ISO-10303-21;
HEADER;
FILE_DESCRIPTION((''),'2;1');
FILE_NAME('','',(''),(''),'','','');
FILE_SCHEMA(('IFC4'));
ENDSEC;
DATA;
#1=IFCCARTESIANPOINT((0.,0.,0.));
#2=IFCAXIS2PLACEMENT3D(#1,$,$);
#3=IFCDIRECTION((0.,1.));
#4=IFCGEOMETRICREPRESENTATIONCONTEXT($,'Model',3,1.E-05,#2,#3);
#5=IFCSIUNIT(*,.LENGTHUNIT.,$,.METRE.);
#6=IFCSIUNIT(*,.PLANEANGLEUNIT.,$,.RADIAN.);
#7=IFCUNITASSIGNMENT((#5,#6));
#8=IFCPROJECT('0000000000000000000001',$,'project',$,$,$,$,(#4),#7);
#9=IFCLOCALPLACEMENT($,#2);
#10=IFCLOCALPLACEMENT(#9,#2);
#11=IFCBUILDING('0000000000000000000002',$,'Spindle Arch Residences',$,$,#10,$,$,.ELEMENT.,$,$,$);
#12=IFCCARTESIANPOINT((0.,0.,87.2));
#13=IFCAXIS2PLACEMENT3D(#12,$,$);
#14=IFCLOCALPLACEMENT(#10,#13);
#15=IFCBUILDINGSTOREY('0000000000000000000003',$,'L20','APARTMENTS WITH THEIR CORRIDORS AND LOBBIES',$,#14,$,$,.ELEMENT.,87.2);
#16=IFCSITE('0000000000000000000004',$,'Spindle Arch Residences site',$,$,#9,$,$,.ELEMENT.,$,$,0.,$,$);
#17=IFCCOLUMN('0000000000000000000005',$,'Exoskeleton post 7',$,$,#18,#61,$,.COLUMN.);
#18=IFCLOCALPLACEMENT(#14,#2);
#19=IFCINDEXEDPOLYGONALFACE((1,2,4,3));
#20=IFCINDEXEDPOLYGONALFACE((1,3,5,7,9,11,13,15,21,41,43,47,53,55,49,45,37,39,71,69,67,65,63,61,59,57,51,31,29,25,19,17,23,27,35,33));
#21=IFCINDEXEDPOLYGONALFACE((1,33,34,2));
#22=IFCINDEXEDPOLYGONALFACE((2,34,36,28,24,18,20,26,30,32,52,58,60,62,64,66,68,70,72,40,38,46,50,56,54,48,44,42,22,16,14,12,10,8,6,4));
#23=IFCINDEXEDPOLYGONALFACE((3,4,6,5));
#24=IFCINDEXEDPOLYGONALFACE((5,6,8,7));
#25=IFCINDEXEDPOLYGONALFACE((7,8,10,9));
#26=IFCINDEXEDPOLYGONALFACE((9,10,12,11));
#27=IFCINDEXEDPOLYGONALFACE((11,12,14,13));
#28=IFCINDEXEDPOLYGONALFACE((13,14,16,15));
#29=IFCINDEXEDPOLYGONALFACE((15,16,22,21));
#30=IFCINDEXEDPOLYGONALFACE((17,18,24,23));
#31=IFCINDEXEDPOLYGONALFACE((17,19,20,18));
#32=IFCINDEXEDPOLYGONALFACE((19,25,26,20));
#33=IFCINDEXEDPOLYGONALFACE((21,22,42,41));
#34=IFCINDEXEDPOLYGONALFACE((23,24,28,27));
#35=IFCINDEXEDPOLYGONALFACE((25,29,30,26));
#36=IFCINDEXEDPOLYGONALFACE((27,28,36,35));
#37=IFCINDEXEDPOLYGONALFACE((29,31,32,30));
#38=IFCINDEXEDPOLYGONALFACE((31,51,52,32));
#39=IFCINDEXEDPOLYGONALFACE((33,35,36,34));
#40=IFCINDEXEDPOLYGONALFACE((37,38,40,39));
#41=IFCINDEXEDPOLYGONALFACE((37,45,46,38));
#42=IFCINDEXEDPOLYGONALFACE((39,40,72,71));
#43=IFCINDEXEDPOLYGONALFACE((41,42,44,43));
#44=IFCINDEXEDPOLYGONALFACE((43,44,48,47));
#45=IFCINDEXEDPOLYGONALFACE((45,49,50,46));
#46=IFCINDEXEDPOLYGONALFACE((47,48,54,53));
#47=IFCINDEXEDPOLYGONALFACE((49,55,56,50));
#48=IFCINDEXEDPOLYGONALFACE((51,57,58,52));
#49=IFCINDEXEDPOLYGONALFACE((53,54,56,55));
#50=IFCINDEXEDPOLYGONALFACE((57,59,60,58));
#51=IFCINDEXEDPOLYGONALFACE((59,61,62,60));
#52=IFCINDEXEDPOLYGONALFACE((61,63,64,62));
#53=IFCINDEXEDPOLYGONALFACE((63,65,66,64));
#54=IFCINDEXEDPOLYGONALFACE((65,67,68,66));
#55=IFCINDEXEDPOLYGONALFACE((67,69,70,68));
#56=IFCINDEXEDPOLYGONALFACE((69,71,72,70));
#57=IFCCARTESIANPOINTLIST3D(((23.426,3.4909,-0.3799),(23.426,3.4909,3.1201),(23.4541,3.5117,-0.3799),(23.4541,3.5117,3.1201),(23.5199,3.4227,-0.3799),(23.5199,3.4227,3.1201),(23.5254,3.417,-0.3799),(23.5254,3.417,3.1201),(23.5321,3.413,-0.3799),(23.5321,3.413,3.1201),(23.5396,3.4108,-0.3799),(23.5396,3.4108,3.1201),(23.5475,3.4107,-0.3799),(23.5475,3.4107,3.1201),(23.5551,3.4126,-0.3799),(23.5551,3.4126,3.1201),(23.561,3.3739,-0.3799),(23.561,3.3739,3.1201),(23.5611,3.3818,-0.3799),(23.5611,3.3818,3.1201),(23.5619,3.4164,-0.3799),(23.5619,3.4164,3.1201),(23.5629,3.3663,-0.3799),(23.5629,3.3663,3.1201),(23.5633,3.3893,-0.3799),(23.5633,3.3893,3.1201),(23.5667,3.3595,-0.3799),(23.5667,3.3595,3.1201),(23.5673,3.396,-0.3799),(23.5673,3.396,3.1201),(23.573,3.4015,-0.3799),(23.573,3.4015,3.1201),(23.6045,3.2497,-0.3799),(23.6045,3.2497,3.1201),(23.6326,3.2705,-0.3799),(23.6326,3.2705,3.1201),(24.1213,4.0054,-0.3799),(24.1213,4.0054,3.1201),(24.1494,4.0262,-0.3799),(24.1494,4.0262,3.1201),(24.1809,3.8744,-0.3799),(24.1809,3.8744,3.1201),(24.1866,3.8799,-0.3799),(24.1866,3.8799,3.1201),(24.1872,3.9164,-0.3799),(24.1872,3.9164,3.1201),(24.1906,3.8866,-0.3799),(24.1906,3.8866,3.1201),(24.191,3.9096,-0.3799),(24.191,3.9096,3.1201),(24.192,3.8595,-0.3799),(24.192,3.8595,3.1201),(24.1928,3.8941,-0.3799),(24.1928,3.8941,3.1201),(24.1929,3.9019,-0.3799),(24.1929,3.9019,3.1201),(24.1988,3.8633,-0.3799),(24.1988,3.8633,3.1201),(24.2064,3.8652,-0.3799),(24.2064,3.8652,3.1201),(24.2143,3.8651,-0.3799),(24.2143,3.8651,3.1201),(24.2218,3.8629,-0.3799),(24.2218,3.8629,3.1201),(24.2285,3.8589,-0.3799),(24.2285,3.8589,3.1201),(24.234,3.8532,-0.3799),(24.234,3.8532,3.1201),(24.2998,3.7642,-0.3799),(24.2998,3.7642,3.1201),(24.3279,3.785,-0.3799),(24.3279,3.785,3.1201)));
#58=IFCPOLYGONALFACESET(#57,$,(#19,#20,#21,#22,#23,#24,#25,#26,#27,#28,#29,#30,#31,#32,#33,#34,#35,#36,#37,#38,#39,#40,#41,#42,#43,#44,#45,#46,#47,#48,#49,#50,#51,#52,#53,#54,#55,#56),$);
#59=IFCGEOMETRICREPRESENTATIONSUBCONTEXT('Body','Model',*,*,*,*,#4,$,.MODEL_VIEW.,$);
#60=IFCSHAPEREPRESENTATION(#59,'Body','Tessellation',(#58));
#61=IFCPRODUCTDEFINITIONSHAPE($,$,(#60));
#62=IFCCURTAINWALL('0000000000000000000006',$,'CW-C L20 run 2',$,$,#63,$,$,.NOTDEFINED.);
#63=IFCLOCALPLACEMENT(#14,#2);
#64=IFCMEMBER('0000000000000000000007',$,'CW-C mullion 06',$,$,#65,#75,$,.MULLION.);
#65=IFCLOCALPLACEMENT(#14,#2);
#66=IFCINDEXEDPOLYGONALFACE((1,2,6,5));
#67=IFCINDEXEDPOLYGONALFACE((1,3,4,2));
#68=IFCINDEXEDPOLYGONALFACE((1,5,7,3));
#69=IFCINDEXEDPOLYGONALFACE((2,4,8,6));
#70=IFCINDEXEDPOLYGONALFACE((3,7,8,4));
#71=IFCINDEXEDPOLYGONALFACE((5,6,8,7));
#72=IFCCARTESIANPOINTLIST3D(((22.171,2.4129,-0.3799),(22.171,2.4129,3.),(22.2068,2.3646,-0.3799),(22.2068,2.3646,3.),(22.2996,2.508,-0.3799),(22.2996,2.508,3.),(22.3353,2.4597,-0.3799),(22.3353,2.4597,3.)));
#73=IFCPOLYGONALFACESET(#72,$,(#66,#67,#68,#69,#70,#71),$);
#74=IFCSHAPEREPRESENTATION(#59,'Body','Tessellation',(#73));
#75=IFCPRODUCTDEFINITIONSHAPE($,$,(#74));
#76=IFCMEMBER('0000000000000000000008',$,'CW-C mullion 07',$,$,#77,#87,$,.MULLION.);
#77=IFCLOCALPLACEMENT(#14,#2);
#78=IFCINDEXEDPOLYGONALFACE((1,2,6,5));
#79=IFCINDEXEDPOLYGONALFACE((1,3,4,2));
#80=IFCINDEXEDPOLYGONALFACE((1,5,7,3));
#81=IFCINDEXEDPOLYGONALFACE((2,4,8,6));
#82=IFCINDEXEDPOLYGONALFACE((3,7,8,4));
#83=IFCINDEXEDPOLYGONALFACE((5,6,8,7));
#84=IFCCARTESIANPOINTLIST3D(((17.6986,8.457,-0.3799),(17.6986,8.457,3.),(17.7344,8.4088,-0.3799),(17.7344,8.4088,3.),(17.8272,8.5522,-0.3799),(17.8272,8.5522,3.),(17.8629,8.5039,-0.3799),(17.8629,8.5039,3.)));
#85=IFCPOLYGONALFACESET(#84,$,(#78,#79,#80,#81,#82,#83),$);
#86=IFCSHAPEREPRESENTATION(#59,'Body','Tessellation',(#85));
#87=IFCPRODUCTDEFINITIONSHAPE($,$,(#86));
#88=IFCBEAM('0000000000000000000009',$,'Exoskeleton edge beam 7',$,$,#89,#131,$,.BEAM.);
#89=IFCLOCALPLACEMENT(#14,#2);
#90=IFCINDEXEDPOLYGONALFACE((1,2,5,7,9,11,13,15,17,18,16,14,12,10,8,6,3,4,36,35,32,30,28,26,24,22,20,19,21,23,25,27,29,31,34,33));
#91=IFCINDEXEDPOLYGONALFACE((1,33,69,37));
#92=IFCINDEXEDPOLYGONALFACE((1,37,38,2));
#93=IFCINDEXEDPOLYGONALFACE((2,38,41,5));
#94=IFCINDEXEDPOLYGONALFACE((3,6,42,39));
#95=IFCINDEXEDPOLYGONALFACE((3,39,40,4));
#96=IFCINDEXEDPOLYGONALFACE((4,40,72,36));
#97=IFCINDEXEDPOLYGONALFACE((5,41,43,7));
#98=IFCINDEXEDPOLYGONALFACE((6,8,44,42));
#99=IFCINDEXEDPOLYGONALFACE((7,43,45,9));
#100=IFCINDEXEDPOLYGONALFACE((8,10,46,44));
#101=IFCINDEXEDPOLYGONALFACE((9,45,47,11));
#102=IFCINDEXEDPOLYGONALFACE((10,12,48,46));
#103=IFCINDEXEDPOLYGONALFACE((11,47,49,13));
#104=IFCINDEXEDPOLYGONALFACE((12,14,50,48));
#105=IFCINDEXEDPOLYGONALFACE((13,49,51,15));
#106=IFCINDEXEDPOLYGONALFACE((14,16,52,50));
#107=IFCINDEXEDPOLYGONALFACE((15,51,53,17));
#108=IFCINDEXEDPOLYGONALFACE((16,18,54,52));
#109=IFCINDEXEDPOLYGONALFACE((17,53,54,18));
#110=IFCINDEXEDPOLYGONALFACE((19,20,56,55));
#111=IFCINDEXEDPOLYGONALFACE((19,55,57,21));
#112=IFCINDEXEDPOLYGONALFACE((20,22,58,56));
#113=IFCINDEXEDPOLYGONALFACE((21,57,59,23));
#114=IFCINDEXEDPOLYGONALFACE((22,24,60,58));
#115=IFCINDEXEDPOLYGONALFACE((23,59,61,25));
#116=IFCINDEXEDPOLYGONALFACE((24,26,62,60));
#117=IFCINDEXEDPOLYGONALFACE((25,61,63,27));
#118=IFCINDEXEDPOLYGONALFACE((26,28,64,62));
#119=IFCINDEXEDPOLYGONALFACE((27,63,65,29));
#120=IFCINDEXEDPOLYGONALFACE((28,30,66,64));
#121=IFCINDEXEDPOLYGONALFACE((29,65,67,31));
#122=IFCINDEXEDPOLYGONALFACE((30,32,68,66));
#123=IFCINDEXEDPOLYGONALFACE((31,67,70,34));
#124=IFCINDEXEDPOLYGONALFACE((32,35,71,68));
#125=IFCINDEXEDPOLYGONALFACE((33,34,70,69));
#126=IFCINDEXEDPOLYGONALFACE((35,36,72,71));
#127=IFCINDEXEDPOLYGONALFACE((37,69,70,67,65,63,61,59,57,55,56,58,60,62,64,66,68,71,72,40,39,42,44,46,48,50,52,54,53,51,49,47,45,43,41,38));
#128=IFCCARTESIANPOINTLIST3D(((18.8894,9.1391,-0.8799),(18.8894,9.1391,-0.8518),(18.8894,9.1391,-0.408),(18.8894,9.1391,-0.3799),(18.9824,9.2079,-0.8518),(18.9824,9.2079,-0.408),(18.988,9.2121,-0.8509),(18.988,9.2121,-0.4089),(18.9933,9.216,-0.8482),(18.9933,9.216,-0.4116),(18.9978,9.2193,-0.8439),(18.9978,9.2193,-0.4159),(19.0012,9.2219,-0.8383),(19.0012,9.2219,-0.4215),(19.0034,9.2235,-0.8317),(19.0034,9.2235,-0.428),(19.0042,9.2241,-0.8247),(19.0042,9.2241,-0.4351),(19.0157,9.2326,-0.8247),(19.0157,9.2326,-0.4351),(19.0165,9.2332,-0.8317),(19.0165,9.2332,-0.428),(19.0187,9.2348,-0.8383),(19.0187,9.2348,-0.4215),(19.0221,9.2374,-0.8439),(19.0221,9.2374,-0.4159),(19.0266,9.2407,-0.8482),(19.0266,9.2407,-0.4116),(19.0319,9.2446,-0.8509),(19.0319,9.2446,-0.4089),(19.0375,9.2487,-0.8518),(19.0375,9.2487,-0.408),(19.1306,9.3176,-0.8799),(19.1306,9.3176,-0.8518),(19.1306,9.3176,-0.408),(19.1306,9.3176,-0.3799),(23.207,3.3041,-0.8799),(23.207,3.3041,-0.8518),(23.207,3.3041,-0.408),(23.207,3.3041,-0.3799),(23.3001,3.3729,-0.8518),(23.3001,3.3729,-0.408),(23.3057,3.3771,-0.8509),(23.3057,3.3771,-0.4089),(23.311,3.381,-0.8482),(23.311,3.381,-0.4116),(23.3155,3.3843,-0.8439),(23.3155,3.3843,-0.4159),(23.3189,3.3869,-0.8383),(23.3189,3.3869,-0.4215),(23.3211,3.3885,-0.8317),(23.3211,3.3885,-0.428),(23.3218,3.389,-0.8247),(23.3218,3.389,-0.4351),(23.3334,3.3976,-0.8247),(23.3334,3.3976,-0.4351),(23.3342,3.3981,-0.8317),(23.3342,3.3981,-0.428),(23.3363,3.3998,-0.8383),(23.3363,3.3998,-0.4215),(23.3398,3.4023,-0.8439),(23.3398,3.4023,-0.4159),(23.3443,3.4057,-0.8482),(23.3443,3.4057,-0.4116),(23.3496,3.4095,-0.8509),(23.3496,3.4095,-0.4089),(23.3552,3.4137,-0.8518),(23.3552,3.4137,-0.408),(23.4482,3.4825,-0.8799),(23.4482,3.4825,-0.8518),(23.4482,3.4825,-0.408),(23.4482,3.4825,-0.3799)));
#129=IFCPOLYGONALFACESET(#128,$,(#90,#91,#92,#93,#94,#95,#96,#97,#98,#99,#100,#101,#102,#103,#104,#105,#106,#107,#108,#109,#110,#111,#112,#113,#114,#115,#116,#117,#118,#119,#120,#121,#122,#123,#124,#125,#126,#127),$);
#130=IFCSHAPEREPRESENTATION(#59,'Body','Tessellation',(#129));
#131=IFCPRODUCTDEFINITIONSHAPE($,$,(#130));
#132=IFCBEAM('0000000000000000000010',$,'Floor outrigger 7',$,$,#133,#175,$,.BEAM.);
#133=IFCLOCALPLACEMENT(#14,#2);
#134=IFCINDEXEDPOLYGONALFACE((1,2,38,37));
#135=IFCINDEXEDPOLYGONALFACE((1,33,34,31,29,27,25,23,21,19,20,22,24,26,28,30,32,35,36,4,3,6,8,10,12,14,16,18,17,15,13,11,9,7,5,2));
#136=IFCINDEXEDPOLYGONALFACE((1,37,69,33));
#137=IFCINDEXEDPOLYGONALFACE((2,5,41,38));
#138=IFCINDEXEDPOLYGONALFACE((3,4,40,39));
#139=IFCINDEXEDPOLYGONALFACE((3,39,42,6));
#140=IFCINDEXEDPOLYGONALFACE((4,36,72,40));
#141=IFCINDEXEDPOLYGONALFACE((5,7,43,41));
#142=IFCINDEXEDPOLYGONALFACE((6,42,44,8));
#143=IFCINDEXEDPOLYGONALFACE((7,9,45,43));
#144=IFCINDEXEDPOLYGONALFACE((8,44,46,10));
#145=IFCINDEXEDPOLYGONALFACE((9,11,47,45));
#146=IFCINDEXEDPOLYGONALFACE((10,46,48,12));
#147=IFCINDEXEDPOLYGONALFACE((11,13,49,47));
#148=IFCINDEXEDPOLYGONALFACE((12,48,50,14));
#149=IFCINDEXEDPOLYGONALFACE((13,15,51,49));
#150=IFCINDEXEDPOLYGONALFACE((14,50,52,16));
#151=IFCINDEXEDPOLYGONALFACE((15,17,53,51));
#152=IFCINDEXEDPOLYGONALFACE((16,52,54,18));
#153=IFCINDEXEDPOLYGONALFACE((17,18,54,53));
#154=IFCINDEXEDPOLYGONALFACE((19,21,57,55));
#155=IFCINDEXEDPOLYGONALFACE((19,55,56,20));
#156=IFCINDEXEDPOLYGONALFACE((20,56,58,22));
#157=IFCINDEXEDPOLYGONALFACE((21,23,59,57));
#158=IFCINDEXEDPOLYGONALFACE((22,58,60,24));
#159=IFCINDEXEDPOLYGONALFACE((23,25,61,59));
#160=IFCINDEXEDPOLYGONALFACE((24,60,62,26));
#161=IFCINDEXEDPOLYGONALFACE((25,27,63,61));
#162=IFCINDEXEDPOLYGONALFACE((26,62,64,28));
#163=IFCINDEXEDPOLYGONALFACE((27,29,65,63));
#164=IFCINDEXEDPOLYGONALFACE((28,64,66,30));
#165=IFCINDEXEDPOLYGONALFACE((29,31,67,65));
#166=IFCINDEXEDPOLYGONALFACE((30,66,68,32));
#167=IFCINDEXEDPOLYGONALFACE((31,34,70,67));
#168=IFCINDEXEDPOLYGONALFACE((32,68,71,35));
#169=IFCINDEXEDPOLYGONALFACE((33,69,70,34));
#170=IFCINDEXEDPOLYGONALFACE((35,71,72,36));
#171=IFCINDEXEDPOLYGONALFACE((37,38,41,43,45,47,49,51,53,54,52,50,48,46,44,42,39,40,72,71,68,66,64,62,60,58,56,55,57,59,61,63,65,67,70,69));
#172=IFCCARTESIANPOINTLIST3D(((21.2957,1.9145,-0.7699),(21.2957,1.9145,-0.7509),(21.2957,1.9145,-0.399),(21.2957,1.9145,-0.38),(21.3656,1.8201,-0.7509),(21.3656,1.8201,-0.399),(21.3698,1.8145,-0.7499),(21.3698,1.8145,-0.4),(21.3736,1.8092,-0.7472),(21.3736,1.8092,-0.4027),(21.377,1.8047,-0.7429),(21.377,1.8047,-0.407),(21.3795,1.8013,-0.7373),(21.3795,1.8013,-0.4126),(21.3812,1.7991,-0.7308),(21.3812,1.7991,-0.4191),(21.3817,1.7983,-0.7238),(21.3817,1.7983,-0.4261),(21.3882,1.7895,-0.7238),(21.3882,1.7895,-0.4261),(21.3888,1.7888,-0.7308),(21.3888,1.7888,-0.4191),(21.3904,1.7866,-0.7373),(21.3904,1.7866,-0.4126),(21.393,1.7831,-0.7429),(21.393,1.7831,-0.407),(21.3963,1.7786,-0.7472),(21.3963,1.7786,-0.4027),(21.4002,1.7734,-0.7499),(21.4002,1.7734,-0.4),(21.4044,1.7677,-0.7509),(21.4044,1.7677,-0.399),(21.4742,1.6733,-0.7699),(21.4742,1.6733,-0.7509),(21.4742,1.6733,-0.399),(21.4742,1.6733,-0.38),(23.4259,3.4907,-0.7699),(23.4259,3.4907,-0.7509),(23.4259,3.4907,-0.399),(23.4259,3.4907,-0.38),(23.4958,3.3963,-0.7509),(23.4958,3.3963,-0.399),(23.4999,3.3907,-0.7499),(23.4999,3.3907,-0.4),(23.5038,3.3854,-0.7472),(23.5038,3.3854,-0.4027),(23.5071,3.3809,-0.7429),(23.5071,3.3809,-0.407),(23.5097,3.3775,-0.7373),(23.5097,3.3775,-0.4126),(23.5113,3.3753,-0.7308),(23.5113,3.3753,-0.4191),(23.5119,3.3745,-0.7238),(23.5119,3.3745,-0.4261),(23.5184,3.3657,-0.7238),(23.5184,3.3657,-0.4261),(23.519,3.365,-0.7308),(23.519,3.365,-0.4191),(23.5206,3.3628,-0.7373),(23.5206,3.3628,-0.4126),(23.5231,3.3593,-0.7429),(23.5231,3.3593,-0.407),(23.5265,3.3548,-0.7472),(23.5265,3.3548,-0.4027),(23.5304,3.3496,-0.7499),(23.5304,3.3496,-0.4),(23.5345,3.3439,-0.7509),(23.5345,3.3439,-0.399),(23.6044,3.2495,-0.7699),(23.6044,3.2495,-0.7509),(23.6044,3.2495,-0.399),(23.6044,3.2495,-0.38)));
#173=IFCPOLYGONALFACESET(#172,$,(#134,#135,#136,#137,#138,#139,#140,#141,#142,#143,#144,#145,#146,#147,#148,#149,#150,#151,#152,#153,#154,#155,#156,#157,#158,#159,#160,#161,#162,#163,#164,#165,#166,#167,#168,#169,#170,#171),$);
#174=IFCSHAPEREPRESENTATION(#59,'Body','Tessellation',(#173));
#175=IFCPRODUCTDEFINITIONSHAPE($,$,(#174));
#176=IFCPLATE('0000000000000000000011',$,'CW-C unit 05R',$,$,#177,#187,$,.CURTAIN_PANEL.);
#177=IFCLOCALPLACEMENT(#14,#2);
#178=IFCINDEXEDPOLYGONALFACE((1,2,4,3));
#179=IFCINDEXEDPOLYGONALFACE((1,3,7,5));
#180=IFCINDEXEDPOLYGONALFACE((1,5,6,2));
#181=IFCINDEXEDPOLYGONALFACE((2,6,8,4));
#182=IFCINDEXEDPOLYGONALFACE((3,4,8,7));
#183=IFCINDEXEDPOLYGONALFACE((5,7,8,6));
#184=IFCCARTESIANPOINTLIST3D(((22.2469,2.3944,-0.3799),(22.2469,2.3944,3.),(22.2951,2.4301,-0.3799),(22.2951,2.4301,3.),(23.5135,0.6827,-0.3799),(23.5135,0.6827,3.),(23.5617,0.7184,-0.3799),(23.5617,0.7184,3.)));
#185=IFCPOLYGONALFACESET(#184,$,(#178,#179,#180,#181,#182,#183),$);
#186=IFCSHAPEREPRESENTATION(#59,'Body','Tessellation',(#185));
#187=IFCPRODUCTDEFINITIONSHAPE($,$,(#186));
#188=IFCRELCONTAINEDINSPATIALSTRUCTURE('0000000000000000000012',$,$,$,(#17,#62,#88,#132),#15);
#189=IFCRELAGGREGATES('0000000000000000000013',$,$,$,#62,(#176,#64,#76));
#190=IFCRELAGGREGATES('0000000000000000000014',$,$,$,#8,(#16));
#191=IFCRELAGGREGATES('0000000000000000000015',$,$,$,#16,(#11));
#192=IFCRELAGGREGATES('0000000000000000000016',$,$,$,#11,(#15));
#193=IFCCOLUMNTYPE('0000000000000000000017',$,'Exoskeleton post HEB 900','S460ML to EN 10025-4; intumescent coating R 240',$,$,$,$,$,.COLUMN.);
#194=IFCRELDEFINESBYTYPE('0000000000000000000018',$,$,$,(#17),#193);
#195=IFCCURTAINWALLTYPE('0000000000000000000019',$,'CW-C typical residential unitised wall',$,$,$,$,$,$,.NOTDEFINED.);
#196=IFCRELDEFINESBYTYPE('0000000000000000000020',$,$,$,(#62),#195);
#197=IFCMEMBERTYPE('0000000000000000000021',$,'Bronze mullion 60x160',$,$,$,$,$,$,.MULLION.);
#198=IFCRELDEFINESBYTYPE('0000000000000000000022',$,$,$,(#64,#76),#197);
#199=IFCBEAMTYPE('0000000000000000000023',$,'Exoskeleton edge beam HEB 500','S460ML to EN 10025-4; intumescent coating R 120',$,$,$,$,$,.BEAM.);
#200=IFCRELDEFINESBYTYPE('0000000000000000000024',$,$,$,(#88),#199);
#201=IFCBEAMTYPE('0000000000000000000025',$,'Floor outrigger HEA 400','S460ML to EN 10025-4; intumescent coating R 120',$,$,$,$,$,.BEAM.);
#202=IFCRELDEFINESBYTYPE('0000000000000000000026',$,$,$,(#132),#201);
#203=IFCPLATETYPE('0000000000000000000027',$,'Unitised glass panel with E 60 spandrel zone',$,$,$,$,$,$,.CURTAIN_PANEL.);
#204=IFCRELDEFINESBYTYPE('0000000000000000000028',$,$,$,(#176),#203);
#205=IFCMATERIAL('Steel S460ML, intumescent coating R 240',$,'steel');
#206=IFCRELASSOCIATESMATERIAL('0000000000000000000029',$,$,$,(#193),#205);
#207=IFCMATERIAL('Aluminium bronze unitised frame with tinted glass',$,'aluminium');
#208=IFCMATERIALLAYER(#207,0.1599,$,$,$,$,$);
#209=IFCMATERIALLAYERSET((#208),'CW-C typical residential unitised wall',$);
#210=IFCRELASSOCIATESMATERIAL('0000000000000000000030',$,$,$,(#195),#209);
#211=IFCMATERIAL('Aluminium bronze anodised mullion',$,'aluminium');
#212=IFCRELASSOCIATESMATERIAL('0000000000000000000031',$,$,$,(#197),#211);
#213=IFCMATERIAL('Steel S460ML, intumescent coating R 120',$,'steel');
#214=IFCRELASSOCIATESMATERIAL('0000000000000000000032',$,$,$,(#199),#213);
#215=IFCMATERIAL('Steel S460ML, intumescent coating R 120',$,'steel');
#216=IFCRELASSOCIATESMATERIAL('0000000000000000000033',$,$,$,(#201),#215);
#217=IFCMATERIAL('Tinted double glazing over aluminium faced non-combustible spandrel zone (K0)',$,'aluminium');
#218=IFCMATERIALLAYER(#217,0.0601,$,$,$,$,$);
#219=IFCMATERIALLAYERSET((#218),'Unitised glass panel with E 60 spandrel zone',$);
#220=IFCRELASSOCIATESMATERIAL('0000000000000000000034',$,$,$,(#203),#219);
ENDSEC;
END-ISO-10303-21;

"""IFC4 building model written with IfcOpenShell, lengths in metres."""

from ifc_helpers import new_model, si_unit, direction, frame, origin, origin_2d, place, context, subcontext, project, spatial, rectangle, i_section, extrude, material, layer, layer_set, material_profile, profile_set, type_object, element, aggregate, save


model = new_model("IFC4")

# Units and contexts
model_context = context("Model", 3, precision=1e-05, world=origin(), true_north=direction((0.0, 1.0)))
body_context = subcontext(model_context, "Body", "Model", "MODEL_VIEW")
ifc_project = project(units=[si_unit("LENGTHUNIT", "METRE"), si_unit("PLANEANGLEUNIT", "RADIAN")], contexts=[model_context])

# Site, building, storey
site_placement = place(None, origin())
site = spatial("IfcSite", under=ifc_project, at=site_placement, Name="Spindle Arch Residences site", CompositionType="ELEMENT", RefElevation=0.0)
building_placement = place(site_placement, origin())
building = spatial("IfcBuilding", under=site, at=building_placement, Name="Spindle Arch Residences", CompositionType="ELEMENT")
storey_placement = place(building_placement, frame((0.0, 0.0, 87.2)))
storey = spatial("IfcBuildingStorey", under=building, at=storey_placement, Name="L20", Description="APARTMENTS WITH THEIR CORRIDORS AND LOBBIES", CompositionType="ELEMENT", Elevation=87.2)

# Column
ifc_material_1 = material(Name="Steel S460ML, intumescent coating R 240", Category="steel")
ifc_material_profile_1 = material_profile(ifc_material_1, i_section(OverallWidth=0.3, OverallDepth=0.8999, WebThickness=0.0186, FlangeThickness=0.0349, FilletRadius=0.03, at=origin_2d()), Name="HEB 900")
ifc_profile_set_1 = profile_set([ifc_material_profile_1], Name="Steel S460ML, intumescent coating R 240")
column_type = type_object("IfcColumnType", Name="Exoskeleton post HEB 900", Description="S460ML to EN 10025-4; intumescent coating R 240", PredefinedType="COLUMN", material=ifc_profile_set_1)
column_placement = place(storey_placement, frame((23.877, 3.6379, -0.3799), z_axis=(0.0, 0.0, 1.0), x_axis=(0.594823, -0.803857, 0.0)))
element("IfcColumn", 1, at=column_placement, inside=storey, type_object=column_type, Name="Exoskeleton post 7", PredefinedType="COLUMN", context=body_context, shape_type="SweptSolid", body=[
    extrude(i_section(OverallWidth=0.3, OverallDepth=0.8999, WebThickness=0.0186, FlangeThickness=0.0349, FilletRadius=0.03, at=origin_2d()), origin(), (0.0, 0.0, 1.0), 3.5),
])

# Curtain wall, members
ifc_material_2 = material(Name="Aluminium bronze unitised frame with tinted glass", Category="aluminium")
ifc_layer_1 = layer(ifc_material_2, 0.1599)
ifc_layer_set_1 = layer_set([ifc_layer_1], Name="CW-C typical residential unitised wall")
curtain_wall_type = type_object("IfcCurtainWallType", Name="CW-C typical residential unitised wall", PredefinedType="NOTDEFINED", material=ifc_layer_set_1)
curtain_wall_placement = place(storey_placement, origin())
curtain_wall = element("IfcCurtainWall", 2, at=curtain_wall_placement, inside=storey, type_object=curtain_wall_type, Name="CW-C L20 run 2", PredefinedType="NOTDEFINED")
ifc_material_3 = material(Name="Aluminium bronze anodised mullion", Category="aluminium")
ifc_material_profile_2 = material_profile(ifc_material_3, rectangle(XDim=0.1599, YDim=0.0601, at=origin_2d()), Name="MU 60x160")
ifc_profile_set_2 = profile_set([ifc_material_profile_2], Name="Aluminium bronze anodised mullion")
member_type = type_object("IfcMemberType", Name="Bronze mullion 60x160", PredefinedType="MULLION", material=ifc_profile_set_2)
member_1_placement = place(storey_placement, frame((22.2532, 2.4363, -0.3799), z_axis=(0.0, 0.0, 1.0), x_axis=(-0.803857, -0.594823, 0.0)))
member_1 = element("IfcMember", 3, at=member_1_placement, type_object=member_type, Name="CW-C mullion 06", PredefinedType="MULLION", context=body_context, shape_type="SweptSolid", body=[
    extrude(rectangle(XDim=0.1599, YDim=0.0601, at=origin_2d()), origin(), (0.0, 0.0, 1.0), 3.3799),
])
member_2_placement = place(storey_placement, frame((17.7808, 8.4805, -0.3799), z_axis=(0.0, 0.0, 1.0), x_axis=(-0.803857, -0.594823, 0.0)))
member_2 = element("IfcMember", 4, at=member_2_placement, type_object=member_type, Name="CW-C mullion 07", PredefinedType="MULLION", context=body_context, shape_type="SweptSolid", body=[
    extrude(rectangle(XDim=0.1599, YDim=0.0601, at=origin_2d()), origin(), (0.0, 0.0, 1.0), 3.3799),
])

# Beams
ifc_material_4 = material(Name="Steel S460ML, intumescent coating R 120", Category="steel")
ifc_material_profile_3 = material_profile(ifc_material_4, i_section(OverallWidth=0.3, OverallDepth=0.5, WebThickness=0.0144, FlangeThickness=0.0281, FilletRadius=0.0271, at=origin_2d()), Name="HEB 500")
ifc_profile_set_3 = profile_set([ifc_material_profile_3], Name="Steel S460ML, intumescent coating R 120")
beam_type_1 = type_object("IfcBeamType", Name="Exoskeleton edge beam HEB 500", Description="S460ML to EN 10025-4; intumescent coating R 120", PredefinedType="BEAM", material=ifc_profile_set_3)
beam_1_placement = place(storey_placement, frame((23.3276, 3.3933, -0.6299), z_axis=(-0.594821, 0.803858, 0.0), x_axis=(-0.803858, -0.594821, 0.0)))
element("IfcBeam", 5, at=beam_1_placement, inside=storey, type_object=beam_type_1, Name="Exoskeleton edge beam 7", PredefinedType="BEAM", context=body_context, shape_type="SweptSolid", body=[
    extrude(i_section(OverallWidth=0.3, OverallDepth=0.5, WebThickness=0.0144, FlangeThickness=0.0281, FilletRadius=0.0271, at=origin_2d()), origin(), (0.0, 0.0, 1.0), 7.2588),
])
ifc_material_5 = material(Name="Steel S460ML, intumescent coating R 120", Category="steel")
ifc_material_profile_4 = material_profile(ifc_material_5, i_section(OverallWidth=0.3, OverallDepth=0.3899, WebThickness=0.011, FlangeThickness=0.019, FilletRadius=0.0271, at=origin_2d()), Name="HEA 400")
ifc_profile_set_4 = profile_set([ifc_material_profile_4], Name="Steel S460ML, intumescent coating R 120")
beam_type_2 = type_object("IfcBeamType", Name="Floor outrigger HEA 400", Description="S460ML to EN 10025-4; intumescent coating R 120", PredefinedType="BEAM", material=ifc_profile_set_4)
beam_2_placement = place(storey_placement, frame((23.5151, 3.3701, -0.575), z_axis=(-0.803864, -0.594813, 0.0), x_axis=(0.594813, -0.803864, 0.0)))
element("IfcBeam", 6, at=beam_2_placement, inside=storey, type_object=beam_type_2, Name="Floor outrigger 7", PredefinedType="BEAM", context=body_context, shape_type="SweptSolid", body=[
    extrude(i_section(OverallWidth=0.3, OverallDepth=0.3899, WebThickness=0.011, FlangeThickness=0.019, FilletRadius=0.0271, at=origin_2d()), origin(), (0.0, 0.0, 1.0), 2.6499),
])

# Plate
ifc_material_6 = material(Name="Tinted double glazing over aluminium faced non-combustible spandrel zone (K0)", Category="aluminium")
ifc_layer_2 = layer(ifc_material_6, 0.0601)
ifc_layer_set_2 = layer_set([ifc_layer_2], Name="Unitised glass panel with E 60 spandrel zone")
plate_type = type_object("IfcPlateType", Name="Unitised glass panel with E 60 spandrel zone", PredefinedType="CURTAIN_PANEL", material=ifc_layer_set_2)
plate_1_placement = place(storey_placement, frame((22.9043, 1.5564, -0.3799), z_axis=(0.0, 0.0, 1.0), x_axis=(-0.594823, 0.803857, 0.0)))
plate_1 = element("IfcPlate", 7, at=plate_1_placement, type_object=plate_type, Name="CW-C unit 05R", PredefinedType="CURTAIN_PANEL", context=body_context, shape_type="SweptSolid", body=[
    extrude(rectangle(XDim=2.1294, YDim=0.0601, at=origin_2d()), origin(), (0.0, 0.0, 1.0), 3.3799),
])
aggregate(curtain_wall, [plate_1, member_1, member_2])

save(model, "model.ifc")
